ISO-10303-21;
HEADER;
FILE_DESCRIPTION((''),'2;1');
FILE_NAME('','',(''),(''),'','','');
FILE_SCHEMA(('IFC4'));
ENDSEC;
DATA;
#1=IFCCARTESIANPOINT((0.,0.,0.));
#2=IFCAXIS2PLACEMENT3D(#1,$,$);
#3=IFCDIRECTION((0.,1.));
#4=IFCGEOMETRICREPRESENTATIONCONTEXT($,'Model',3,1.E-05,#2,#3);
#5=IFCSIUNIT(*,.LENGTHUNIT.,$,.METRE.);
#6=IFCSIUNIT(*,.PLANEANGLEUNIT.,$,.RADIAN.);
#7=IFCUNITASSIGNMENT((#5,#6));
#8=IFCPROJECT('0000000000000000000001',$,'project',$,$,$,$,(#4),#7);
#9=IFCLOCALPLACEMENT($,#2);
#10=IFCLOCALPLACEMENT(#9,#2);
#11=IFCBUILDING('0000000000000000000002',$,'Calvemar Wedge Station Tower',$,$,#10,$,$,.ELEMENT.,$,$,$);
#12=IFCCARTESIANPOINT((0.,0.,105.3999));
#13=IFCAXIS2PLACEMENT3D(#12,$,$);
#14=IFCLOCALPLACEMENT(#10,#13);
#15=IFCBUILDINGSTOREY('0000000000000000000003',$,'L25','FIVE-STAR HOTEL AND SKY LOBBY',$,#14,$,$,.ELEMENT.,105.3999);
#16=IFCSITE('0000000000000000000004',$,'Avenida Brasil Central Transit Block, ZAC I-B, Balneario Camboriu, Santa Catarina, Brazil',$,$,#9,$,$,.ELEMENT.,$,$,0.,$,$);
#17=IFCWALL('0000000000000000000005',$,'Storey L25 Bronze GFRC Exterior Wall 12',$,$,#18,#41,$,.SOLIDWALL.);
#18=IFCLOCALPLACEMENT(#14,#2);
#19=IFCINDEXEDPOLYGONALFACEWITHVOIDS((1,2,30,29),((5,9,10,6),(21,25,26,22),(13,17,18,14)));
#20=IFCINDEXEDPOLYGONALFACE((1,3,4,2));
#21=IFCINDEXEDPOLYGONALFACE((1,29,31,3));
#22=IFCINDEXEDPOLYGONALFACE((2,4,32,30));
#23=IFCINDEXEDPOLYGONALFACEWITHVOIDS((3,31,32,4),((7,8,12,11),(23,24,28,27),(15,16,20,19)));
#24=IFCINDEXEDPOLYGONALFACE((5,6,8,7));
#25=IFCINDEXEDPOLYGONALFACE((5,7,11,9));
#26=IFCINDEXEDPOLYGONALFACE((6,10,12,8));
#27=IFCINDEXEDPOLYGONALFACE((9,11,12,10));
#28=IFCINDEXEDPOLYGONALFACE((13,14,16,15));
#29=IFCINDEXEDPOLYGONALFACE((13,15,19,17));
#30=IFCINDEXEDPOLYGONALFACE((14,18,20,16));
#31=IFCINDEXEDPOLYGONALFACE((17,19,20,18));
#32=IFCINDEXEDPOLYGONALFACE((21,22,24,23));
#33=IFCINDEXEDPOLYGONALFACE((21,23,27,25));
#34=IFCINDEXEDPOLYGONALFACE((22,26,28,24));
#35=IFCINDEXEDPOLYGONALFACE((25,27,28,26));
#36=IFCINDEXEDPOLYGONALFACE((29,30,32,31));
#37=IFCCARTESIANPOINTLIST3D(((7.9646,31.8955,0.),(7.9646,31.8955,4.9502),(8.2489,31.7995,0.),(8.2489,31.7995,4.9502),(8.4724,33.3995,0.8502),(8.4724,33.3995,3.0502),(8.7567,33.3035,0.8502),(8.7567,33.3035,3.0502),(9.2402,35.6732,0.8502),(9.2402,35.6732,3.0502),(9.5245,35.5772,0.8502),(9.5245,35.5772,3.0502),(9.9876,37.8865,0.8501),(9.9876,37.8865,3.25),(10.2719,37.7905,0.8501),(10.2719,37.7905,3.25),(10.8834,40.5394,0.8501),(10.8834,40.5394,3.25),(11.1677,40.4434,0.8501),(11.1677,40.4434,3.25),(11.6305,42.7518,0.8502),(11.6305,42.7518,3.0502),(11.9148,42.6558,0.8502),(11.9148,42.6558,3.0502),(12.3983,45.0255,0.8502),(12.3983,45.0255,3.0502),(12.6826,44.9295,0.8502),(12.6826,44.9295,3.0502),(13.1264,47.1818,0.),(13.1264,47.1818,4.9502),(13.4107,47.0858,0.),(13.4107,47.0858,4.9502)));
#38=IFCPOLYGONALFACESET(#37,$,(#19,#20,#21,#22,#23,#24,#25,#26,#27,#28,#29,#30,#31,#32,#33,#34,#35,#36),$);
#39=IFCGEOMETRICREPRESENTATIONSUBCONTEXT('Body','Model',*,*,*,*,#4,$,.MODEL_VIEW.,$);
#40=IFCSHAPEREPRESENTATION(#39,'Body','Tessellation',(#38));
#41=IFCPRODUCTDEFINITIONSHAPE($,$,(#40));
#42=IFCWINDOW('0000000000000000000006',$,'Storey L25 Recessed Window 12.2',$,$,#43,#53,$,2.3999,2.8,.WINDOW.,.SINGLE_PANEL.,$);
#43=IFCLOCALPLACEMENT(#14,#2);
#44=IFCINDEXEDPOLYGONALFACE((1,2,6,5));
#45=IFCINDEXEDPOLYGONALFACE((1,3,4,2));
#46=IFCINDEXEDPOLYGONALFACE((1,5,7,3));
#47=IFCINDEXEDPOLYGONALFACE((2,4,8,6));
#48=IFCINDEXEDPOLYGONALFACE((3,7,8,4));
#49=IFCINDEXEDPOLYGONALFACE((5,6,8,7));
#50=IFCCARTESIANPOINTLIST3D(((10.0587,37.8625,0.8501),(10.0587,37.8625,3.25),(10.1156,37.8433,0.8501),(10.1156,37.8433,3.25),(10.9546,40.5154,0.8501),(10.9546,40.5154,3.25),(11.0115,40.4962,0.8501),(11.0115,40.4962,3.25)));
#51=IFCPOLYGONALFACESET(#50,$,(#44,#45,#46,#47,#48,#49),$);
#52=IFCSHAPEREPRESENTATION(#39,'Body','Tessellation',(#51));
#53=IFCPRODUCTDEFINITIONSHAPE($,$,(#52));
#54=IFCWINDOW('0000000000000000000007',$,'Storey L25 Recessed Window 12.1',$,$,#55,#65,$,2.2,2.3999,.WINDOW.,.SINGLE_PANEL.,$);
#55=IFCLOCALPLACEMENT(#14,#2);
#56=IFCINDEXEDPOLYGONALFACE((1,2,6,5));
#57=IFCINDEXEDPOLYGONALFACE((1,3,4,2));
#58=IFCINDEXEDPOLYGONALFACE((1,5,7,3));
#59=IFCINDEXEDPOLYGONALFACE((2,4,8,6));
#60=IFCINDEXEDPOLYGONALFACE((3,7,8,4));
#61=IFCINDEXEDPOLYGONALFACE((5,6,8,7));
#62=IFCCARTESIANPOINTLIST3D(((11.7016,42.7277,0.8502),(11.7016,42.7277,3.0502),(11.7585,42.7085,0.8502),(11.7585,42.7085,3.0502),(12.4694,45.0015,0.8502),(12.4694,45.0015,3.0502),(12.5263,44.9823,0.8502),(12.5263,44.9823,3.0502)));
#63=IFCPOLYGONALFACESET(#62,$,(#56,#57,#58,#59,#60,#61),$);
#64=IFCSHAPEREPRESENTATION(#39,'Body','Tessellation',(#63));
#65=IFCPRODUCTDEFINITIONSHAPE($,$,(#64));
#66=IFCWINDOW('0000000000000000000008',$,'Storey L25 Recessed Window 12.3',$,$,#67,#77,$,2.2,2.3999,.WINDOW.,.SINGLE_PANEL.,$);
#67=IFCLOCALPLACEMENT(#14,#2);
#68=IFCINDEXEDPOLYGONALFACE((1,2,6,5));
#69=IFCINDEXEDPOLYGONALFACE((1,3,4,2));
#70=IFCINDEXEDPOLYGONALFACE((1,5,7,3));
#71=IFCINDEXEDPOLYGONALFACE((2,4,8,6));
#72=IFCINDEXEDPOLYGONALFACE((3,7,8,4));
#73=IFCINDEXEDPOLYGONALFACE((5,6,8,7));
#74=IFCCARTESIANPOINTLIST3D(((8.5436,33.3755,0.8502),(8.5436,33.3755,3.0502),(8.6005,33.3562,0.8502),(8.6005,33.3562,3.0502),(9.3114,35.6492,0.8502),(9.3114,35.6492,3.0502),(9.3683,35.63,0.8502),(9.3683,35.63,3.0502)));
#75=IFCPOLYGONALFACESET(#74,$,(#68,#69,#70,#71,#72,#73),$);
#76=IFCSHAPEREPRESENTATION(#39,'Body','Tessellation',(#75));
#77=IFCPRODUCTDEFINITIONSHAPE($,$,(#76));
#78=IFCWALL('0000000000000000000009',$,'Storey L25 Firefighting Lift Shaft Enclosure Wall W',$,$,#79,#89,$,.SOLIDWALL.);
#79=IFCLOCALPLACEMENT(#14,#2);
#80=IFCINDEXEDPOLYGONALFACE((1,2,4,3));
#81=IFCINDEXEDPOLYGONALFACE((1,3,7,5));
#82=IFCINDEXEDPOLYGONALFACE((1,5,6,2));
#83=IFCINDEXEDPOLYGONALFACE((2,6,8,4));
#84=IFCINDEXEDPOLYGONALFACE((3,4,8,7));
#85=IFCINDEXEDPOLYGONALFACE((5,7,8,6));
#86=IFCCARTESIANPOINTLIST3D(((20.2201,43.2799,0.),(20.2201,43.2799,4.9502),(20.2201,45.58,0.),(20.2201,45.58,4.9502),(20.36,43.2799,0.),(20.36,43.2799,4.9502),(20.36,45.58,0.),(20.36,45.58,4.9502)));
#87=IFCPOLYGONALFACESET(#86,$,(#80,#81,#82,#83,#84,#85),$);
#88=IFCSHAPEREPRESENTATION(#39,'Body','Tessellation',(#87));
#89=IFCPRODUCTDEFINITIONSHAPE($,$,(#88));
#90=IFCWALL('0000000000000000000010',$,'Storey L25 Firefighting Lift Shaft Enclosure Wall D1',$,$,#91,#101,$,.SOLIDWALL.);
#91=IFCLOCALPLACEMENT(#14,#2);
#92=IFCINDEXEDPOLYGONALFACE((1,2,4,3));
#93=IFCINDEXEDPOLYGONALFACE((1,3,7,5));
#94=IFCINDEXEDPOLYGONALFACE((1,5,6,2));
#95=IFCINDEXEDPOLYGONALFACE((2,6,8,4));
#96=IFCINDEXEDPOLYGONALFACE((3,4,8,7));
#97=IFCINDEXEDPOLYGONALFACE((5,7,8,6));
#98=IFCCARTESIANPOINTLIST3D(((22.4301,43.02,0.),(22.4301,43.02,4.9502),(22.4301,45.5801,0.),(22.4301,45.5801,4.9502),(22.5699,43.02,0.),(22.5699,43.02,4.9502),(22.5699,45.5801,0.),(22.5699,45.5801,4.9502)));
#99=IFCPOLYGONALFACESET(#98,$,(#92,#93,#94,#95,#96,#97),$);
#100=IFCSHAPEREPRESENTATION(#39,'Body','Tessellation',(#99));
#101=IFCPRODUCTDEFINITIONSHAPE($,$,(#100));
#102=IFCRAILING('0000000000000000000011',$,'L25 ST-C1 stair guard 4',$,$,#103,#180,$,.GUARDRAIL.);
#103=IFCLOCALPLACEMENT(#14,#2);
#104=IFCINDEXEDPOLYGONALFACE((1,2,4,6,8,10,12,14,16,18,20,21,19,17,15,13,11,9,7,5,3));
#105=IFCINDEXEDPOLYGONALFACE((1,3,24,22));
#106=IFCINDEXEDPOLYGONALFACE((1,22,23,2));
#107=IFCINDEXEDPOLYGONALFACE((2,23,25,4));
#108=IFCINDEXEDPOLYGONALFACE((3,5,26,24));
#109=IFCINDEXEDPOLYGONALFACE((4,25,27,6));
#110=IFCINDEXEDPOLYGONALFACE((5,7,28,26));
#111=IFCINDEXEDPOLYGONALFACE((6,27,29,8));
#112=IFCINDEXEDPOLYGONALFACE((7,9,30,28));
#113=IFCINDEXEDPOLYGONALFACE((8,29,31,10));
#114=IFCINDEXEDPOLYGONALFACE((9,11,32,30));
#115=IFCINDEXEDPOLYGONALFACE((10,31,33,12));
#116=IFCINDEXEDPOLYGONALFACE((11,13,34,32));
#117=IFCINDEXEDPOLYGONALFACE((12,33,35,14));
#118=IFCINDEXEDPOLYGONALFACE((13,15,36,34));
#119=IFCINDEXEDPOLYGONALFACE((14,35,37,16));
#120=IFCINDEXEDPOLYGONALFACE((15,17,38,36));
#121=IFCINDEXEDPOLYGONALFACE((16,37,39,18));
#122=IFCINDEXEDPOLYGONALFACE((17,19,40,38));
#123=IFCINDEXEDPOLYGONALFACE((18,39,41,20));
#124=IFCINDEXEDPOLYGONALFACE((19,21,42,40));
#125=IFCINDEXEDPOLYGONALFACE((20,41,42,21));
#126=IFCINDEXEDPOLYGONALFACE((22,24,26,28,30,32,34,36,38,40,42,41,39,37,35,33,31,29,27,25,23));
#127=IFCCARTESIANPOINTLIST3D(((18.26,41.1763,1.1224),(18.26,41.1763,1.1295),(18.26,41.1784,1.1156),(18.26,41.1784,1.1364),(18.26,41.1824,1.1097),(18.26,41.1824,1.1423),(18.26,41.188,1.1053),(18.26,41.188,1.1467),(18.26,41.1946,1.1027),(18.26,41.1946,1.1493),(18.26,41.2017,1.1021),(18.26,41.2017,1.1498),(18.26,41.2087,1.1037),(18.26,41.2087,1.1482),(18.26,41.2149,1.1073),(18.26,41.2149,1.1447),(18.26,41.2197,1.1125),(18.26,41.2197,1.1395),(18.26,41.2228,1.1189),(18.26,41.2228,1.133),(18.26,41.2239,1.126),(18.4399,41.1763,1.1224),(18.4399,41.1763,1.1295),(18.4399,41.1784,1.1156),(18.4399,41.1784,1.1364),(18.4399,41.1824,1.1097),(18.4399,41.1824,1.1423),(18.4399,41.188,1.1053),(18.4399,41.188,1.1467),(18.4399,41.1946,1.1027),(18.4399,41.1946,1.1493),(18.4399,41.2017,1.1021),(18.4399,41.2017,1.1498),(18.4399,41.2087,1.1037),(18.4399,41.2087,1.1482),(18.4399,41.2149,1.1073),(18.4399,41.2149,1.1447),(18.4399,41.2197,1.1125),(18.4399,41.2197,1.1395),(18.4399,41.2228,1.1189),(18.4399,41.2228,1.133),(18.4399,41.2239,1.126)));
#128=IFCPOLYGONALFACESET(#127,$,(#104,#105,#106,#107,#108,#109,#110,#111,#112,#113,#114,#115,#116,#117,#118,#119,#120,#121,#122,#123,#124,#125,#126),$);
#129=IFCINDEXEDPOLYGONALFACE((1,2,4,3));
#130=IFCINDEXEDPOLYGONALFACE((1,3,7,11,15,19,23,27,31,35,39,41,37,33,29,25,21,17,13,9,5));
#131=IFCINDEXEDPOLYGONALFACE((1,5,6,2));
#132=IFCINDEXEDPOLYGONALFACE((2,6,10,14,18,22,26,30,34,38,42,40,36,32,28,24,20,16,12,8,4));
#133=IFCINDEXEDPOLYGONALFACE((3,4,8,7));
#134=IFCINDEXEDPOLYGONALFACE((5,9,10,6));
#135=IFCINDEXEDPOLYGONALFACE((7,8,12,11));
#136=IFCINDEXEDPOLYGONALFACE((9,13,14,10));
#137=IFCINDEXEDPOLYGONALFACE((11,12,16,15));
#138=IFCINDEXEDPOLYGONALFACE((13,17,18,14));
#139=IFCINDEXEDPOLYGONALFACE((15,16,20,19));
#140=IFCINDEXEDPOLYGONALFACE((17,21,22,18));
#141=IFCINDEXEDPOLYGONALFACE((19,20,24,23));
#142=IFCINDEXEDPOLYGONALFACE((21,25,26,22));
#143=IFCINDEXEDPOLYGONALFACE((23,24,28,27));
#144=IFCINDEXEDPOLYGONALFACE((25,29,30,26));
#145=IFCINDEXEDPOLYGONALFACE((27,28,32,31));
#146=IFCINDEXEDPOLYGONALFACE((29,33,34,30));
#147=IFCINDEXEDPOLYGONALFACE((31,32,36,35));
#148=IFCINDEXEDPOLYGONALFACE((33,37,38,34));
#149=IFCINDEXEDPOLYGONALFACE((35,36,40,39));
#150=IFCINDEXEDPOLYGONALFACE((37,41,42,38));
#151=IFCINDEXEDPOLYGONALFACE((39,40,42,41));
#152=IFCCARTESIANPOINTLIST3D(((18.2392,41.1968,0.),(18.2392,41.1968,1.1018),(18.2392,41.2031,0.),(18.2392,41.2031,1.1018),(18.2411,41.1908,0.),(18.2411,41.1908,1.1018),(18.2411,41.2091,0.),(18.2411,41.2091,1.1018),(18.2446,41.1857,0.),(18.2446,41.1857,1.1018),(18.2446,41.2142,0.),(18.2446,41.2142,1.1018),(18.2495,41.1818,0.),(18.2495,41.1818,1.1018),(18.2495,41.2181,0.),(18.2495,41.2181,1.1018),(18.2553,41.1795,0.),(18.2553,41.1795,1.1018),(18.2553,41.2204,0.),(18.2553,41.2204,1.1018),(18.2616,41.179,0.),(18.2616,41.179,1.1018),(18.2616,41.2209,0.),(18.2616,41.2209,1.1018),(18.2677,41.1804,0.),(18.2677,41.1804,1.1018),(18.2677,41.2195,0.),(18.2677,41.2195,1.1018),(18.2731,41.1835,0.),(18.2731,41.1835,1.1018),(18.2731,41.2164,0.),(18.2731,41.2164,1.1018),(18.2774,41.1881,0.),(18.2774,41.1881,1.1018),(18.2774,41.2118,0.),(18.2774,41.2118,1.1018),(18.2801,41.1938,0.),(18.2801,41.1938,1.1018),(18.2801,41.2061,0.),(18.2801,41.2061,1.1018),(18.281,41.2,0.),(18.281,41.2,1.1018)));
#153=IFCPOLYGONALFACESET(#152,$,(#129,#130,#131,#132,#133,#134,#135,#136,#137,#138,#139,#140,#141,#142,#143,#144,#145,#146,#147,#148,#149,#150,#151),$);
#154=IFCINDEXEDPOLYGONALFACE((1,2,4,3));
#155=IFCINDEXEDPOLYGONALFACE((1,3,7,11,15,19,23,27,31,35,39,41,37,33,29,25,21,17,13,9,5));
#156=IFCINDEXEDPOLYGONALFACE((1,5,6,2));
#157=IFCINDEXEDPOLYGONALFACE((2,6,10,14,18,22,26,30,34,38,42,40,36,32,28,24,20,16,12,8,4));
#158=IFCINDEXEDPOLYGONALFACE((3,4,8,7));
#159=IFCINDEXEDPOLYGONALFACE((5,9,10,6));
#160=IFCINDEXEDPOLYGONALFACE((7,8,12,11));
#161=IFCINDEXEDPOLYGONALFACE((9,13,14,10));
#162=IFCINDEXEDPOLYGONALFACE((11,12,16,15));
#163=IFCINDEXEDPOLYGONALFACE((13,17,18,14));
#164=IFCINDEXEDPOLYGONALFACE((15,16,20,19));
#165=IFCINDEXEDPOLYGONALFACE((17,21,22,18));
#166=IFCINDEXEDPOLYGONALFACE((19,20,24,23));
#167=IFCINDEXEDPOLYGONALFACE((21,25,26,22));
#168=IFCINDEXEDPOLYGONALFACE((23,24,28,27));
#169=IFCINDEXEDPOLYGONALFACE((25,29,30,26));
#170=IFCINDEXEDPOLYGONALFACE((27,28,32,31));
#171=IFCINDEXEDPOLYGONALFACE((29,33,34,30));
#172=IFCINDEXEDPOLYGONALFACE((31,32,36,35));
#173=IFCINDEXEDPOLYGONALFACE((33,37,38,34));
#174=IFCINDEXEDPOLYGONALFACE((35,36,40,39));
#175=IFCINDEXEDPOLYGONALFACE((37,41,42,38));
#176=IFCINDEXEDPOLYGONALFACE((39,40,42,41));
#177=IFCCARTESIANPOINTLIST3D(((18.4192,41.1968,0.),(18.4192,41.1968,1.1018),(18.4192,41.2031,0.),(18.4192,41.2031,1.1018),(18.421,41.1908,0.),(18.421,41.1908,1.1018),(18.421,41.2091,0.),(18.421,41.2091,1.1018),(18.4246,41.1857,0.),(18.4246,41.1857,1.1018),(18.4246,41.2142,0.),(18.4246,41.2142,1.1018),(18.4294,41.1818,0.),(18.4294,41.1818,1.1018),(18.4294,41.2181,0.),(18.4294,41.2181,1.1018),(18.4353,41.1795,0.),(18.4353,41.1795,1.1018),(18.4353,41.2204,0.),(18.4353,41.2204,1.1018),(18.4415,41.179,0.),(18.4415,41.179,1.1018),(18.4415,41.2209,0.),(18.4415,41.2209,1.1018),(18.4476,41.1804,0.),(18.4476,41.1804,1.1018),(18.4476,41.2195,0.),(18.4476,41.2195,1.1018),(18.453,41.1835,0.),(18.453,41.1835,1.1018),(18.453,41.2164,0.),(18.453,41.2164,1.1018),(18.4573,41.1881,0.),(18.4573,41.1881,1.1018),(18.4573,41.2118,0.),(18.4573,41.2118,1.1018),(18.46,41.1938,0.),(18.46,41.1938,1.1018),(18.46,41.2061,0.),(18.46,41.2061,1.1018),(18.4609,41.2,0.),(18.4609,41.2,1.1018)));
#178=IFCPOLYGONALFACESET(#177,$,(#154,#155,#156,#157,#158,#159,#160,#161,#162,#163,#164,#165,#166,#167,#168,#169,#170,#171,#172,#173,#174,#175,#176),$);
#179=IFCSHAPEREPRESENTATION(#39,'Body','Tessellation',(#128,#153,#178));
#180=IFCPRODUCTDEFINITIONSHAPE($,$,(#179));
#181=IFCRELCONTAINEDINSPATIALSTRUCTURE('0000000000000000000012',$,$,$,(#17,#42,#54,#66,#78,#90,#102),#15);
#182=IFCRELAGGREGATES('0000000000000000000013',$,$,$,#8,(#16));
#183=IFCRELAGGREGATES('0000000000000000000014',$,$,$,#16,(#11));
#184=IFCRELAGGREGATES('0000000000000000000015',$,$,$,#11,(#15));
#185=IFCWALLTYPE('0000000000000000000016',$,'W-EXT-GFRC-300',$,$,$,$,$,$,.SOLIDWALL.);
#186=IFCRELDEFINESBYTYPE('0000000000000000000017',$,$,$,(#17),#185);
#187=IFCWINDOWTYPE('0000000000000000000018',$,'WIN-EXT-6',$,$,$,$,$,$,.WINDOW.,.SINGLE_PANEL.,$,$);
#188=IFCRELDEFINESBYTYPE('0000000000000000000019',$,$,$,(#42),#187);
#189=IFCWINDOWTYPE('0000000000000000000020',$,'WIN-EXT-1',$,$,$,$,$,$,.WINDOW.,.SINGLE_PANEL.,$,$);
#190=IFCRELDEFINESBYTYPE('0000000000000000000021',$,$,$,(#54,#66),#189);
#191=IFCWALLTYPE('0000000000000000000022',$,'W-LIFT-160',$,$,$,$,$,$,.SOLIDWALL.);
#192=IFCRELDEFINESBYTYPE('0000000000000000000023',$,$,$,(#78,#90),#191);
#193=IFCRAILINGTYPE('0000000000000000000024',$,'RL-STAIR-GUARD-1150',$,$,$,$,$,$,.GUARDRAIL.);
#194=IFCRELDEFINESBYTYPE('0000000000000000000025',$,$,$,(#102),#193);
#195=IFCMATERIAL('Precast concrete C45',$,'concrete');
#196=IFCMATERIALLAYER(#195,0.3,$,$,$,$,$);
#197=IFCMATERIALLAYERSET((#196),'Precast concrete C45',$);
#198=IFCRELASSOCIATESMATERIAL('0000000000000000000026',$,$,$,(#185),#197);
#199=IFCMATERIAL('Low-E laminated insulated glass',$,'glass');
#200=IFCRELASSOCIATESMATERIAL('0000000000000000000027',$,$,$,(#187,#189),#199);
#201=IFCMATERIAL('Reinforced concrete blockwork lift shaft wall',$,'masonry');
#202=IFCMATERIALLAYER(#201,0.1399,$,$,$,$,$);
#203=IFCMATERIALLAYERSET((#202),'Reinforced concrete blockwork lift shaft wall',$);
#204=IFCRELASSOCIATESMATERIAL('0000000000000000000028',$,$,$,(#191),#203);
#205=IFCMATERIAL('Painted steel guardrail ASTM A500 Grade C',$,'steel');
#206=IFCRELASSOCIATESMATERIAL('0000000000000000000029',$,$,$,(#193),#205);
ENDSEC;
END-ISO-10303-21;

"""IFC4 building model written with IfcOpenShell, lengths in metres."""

from ifc_helpers import new_model, si_unit, direction, frame, frame_2d, origin, origin_2d, place, context, subcontext, project, spatial, rectangle, circle, extrude, source, transform, mapped, material, layer, layer_set, type_object, element, fill, save


model = new_model("IFC4")

# Units and contexts
model_context = context("Model", 3, precision=1e-05, world=origin(), true_north=direction((0.0, 1.0)))
body_context = subcontext(model_context, "Body", "Model", "MODEL_VIEW")
ifc_project = project(units=[si_unit("LENGTHUNIT", "METRE"), si_unit("PLANEANGLEUNIT", "RADIAN")], contexts=[model_context])

# Site, building, storey
site_placement = place(None, origin())
site = spatial("IfcSite", under=ifc_project, at=site_placement, Name="Avenida Brasil Central Transit Block, ZAC I-B, Balneario Camboriu, Santa Catarina, Brazil", CompositionType="ELEMENT", RefElevation=0.0)
building_placement = place(site_placement, origin())
building = spatial("IfcBuilding", under=site, at=building_placement, Name="Calvemar Wedge Station Tower", CompositionType="ELEMENT")
storey_placement = place(building_placement, frame((0.0, 0.0, 105.3999)))
storey = spatial("IfcBuildingStorey", under=building, at=storey_placement, Name="L25", Description="FIVE-STAR HOTEL AND SKY LOBBY", CompositionType="ELEMENT", Elevation=105.3999)

# Wall, openings, windows
ifc_material_1 = material(Name="Precast concrete C45", Category="concrete")
ifc_layer_1 = layer(ifc_material_1, 0.3)
ifc_layer_set_1 = layer_set([ifc_layer_1], Name="Precast concrete C45")
wall_type_1 = type_object("IfcWallType", Name="W-EXT-GFRC-300", PredefinedType="SOLIDWALL", material=ifc_layer_set_1)
shared_shape_1 = source(origin(), body_context, "Body", "SweptSolid", [
    extrude(rectangle(XDim=2.8, YDim=2.3999, at=frame_2d((1.3999, 1.2))), frame((0.0, 0.1602, 0.0), z_axis=(0.0, -1.0, 0.0), x_axis=(1.0, 0.0, 0.0)), (0.0, 0.0, 1.0), 0.3201),
])
ifc_material_2 = material(Name="Low-E laminated insulated glass", Category="glass")
window_type_1 = type_object("IfcWindowType", Name="WIN-EXT-6", PartitioningType="SINGLE_PANEL", PredefinedType="WINDOW", material=ifc_material_2)
shared_shape_2 = source(origin(), body_context, "Body", "SweptSolid", [
    extrude(rectangle(XDim=2.8, YDim=2.3999, at=frame_2d((1.3999, 1.2))), frame((0.0, -0.0149, 0.0), z_axis=(0.0, -1.0, 0.0), x_axis=(1.0, 0.0, 0.0)), (0.0, 0.0, 1.0), 0.0601),
])
wall_1_placement = place(storey_placement, frame((13.2686, 47.1338, 0.0), z_axis=(0.0, 0.0, 1.0), x_axis=(-0.31993, -0.947441, 0.0)))
wall_1 = element("IfcWall", 1, at=wall_1_placement, inside=storey, type_object=wall_type_1, Name="Storey L25 Bronze GFRC Exterior Wall 12", PredefinedType="SOLIDWALL", context=body_context, shape_type="SweptSolid", body=[
    extrude(rectangle(XDim=16.1343, YDim=0.3, at=frame_2d((8.0671, 0.0))), origin(), (0.0, 0.0, 1.0), 4.9502),
])
shared_shape_3 = source(origin(), body_context, "Body", "SweptSolid", [
    extrude(rectangle(XDim=2.3999, YDim=2.2, at=frame_2d((1.2, 1.1001))), frame((0.0, 0.1602, 0.0), z_axis=(0.0, -1.0, 0.0), x_axis=(1.0, 0.0, 0.0)), (0.0, 0.0, 1.0), 0.3201),
])
opening_1_placement = place(wall_1_placement, frame((2.2759, 0.0, 0.8501)))
opening_1 = element("IfcOpeningElement", 2, at=opening_1_placement, cuts=wall_1, PredefinedType="OPENING", context=body_context, shape_type="MappedRepresentation", body=[
    mapped(shared_shape_3, transform((0.0, 0.0, 0.0), scale=1.0)),
])
opening_2_placement = place(wall_1_placement, frame((7.011, 0.0, 0.8501)))
opening_2 = element("IfcOpeningElement", 3, at=opening_2_placement, cuts=wall_1, PredefinedType="OPENING", context=body_context, shape_type="MappedRepresentation", body=[
    mapped(shared_shape_1, transform((0.0, 0.0, 0.0), scale=1.0)),
])
opening_3_placement = place(wall_1_placement, frame((12.147, 0.0, 0.8501)))
opening_3 = element("IfcOpeningElement", 4, at=opening_3_placement, cuts=wall_1, PredefinedType="OPENING", context=body_context, shape_type="MappedRepresentation", body=[
    mapped(shared_shape_3, transform((0.0, 0.0, 0.0), scale=1.0)),
])
window_1_placement = place(opening_2_placement, origin())
window_1 = element("IfcWindow", 5, at=window_1_placement, inside=storey, type_object=window_type_1, Name="Storey L25 Recessed Window 12.2", OverallHeight=2.3999, OverallWidth=2.8, PartitioningType="SINGLE_PANEL", PredefinedType="WINDOW", context=body_context, shape_type="MappedRepresentation", body=[
    mapped(shared_shape_2, transform((0.0, 0.0, 0.0), scale=1.0)),
])
fill(opening_2, window_1)
window_type_2 = type_object("IfcWindowType", Name="WIN-EXT-1", PartitioningType="SINGLE_PANEL", PredefinedType="WINDOW", material=ifc_material_2)
shared_shape_4 = source(origin(), body_context, "Body", "SweptSolid", [
    extrude(rectangle(XDim=2.3999, YDim=2.2, at=frame_2d((1.2, 1.1001))), frame((0.0, -0.0149, 0.0), z_axis=(0.0, -1.0, 0.0), x_axis=(1.0, 0.0, 0.0)), (0.0, 0.0, 1.0), 0.0601),
])
window_2_placement = place(opening_1_placement, origin())
window_2 = element("IfcWindow", 6, at=window_2_placement, inside=storey, type_object=window_type_2, Name="Storey L25 Recessed Window 12.1", OverallHeight=2.2, OverallWidth=2.3999, PartitioningType="SINGLE_PANEL", PredefinedType="WINDOW", context=body_context, shape_type="MappedRepresentation", body=[
    mapped(shared_shape_4, transform((0.0, 0.0, 0.0), scale=1.0)),
])
fill(opening_1, window_2)
window_3_placement = place(opening_3_placement, origin())
window_3 = element("IfcWindow", 7, at=window_3_placement, inside=storey, type_object=window_type_2, Name="Storey L25 Recessed Window 12.3", OverallHeight=2.2, OverallWidth=2.3999, PartitioningType="SINGLE_PANEL", PredefinedType="WINDOW", context=body_context, shape_type="MappedRepresentation", body=[
    mapped(shared_shape_4, transform((0.0, 0.0, 0.0), scale=1.0)),
])
fill(opening_3, window_3)

# Shared definitions
ifc_material_3 = material(Name="Reinforced concrete blockwork lift shaft wall", Category="masonry")
ifc_layer_2 = layer(ifc_material_3, 0.1399)
ifc_layer_set_2 = layer_set([ifc_layer_2], Name="Reinforced concrete blockwork lift shaft wall")
wall_type_2 = type_object("IfcWallType", Name="W-LIFT-160", PredefinedType="SOLIDWALL", material=ifc_layer_set_2)

# Walls
wall_2_placement = place(storey_placement, frame((20.29, 43.28, 0.0), z_axis=(0.0, 0.0, 1.0), x_axis=(0.0, 1.0, 0.0)))
element("IfcWall", 8, at=wall_2_placement, inside=storey, type_object=wall_type_2, Name="Storey L25 Firefighting Lift Shaft Enclosure Wall W", PredefinedType="SOLIDWALL", context=body_context, shape_type="SweptSolid", body=[
    extrude(rectangle(XDim=2.3, YDim=0.1399, at=frame_2d((1.1499, 0.0))), origin(), (0.0, 0.0, 1.0), 4.9502),
])
wall_3_placement = place(storey_placement, frame((22.5, 43.02, 0.0), z_axis=(0.0, 0.0, 1.0), x_axis=(0.0, 1.0, 0.0)))
element("IfcWall", 9, at=wall_3_placement, inside=storey, type_object=wall_type_2, Name="Storey L25 Firefighting Lift Shaft Enclosure Wall D1", PredefinedType="SOLIDWALL", context=body_context, shape_type="SweptSolid", body=[
    extrude(rectangle(XDim=2.5601, YDim=0.1399, at=frame_2d((1.28, 0.0))), origin(), (0.0, 0.0, 1.0), 4.9502),
])

# Railing
ifc_material_4 = material(Name="Painted steel guardrail ASTM A500 Grade C", Category="steel")
railing_type = type_object("IfcRailingType", Name="RL-STAIR-GUARD-1150", PredefinedType="GUARDRAIL", material=ifc_material_4)
railing_placement = place(storey_placement, frame((18.26, 41.2, 0.0)))
element("IfcRailing", 10, at=railing_placement, inside=storey, type_object=railing_type, Name="L25 ST-C1 stair guard 4", PredefinedType="GUARDRAIL", context=body_context, shape_type="SweptSolid", body=[
    extrude(circle(Radius=0.0239, at=origin_2d()), frame((0.0, 0.0, 1.126), z_axis=(1.0, 0.0, 0.0), x_axis=(0.0, 1.0, 0.0)), (0.0, 0.0, 1.0), 0.1799),
    extrude(circle(Radius=0.021, at=origin_2d()), origin(), (0.0, 0.0, 1.0), 1.1018),
    extrude(circle(Radius=0.021, at=origin_2d()), frame((0.1799, 0.0, 0.0)), (0.0, 0.0, 1.0), 1.1018),
])

save(model, "model.ifc")
